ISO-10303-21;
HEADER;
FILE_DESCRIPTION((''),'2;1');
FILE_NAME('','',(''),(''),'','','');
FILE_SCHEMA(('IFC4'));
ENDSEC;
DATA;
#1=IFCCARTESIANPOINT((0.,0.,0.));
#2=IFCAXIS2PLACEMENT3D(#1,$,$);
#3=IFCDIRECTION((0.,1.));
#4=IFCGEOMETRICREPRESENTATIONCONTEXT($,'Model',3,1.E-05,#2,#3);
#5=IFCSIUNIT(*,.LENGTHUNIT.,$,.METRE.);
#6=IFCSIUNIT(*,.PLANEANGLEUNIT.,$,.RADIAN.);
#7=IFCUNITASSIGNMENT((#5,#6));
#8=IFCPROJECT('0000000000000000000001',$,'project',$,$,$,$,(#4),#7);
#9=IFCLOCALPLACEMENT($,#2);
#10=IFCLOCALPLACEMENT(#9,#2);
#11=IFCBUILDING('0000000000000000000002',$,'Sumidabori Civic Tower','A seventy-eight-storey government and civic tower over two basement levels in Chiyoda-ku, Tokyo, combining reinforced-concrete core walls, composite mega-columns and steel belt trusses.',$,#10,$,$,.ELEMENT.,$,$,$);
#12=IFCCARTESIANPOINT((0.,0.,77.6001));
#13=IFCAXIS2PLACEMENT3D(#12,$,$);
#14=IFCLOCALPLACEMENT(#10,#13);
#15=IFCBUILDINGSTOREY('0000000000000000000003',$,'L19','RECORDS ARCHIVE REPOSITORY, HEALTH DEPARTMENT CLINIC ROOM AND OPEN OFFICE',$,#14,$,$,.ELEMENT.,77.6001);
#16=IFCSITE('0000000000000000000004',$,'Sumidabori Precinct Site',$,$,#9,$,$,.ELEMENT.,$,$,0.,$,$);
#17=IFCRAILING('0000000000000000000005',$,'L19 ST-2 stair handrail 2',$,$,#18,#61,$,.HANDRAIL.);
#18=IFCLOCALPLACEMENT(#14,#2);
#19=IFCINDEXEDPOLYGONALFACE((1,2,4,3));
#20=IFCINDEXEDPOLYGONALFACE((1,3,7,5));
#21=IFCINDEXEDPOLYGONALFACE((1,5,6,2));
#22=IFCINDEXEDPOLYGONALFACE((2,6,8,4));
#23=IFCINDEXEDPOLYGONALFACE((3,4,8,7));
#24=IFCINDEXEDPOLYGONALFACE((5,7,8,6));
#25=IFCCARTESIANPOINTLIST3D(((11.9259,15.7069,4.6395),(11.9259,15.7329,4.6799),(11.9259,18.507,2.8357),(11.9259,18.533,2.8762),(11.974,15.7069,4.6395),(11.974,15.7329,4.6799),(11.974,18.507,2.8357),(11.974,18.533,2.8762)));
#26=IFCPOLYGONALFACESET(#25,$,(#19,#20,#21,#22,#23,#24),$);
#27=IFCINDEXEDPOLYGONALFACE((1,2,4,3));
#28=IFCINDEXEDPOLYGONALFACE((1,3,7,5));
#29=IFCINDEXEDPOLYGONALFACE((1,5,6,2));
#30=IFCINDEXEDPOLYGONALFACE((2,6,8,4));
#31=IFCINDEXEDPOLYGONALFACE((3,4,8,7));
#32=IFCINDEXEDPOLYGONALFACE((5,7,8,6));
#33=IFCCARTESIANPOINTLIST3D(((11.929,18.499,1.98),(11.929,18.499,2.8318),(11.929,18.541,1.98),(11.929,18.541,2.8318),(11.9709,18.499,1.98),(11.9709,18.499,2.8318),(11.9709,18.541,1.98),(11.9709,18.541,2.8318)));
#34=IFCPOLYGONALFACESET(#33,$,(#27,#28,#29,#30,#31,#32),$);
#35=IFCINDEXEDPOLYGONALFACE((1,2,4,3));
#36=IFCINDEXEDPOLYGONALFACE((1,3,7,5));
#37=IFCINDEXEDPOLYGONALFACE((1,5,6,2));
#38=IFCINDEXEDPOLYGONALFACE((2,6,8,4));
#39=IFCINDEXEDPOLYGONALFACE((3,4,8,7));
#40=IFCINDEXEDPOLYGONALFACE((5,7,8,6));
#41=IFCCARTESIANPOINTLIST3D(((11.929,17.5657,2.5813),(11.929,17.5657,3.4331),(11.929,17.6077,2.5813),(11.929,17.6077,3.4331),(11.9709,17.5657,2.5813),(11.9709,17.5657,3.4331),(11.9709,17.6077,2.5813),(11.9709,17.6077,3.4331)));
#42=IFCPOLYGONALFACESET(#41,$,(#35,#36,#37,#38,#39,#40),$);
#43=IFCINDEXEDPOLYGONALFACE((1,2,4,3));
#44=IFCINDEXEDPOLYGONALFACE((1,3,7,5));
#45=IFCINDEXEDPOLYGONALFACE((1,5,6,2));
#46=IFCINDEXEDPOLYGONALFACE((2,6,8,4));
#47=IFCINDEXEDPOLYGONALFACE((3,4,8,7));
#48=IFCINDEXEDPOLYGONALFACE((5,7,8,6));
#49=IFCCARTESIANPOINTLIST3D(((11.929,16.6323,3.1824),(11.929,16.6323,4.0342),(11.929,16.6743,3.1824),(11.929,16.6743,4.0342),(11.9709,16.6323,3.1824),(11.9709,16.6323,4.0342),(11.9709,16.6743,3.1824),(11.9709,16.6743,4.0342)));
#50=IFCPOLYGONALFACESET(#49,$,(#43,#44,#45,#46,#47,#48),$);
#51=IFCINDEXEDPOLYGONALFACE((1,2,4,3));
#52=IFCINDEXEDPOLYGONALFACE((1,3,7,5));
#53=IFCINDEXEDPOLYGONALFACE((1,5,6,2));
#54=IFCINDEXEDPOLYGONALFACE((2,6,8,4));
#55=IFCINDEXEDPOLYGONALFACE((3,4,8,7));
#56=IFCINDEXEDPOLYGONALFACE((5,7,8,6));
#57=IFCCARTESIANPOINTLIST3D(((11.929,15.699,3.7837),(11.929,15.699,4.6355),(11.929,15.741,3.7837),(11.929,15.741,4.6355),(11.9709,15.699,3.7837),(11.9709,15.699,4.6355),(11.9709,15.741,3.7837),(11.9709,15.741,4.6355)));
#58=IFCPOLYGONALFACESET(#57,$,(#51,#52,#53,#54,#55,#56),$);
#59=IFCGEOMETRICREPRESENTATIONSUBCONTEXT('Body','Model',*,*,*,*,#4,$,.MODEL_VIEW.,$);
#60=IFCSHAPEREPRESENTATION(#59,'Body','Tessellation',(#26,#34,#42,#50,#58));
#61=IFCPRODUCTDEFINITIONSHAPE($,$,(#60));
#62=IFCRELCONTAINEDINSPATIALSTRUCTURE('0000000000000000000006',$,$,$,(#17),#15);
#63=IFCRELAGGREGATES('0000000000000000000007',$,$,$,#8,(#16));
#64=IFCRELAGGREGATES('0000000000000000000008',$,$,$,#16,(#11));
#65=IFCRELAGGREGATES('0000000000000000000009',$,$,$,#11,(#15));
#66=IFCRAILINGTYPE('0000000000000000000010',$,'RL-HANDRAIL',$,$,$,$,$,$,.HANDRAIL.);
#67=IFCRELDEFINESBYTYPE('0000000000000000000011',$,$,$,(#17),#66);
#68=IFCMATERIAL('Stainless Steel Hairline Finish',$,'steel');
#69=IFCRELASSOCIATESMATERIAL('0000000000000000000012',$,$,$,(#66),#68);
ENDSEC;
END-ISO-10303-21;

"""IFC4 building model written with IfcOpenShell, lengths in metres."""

from ifc_helpers import new_model, si_unit, direction, frame, origin, origin_2d, place, context, subcontext, project, spatial, rectangle, extrude, material, type_object, element, save


model = new_model("IFC4")

# Units and contexts
model_context = context("Model", 3, precision=1e-05, world=origin(), true_north=direction((0.0, 1.0)))
body_context = subcontext(model_context, "Body", "Model", "MODEL_VIEW")
ifc_project = project(units=[si_unit("LENGTHUNIT", "METRE"), si_unit("PLANEANGLEUNIT", "RADIAN")], contexts=[model_context])

# Site, building, storey
site_placement = place(None, origin())
site = spatial("IfcSite", under=ifc_project, at=site_placement, Name="Sumidabori Precinct Site", CompositionType="ELEMENT", RefElevation=0.0)
building_placement = place(site_placement, origin())
building = spatial("IfcBuilding", under=site, at=building_placement, Name="Sumidabori Civic Tower", Description="A seventy-eight-storey government and civic tower over two basement levels in Chiyoda-ku, Tokyo, combining reinforced-concrete core walls, composite mega-columns and steel belt trusses.", CompositionType="ELEMENT")
storey_placement = place(building_placement, frame((0.0, 0.0, 77.6001)))
storey = spatial("IfcBuildingStorey", under=building, at=storey_placement, Name="L19", Description="RECORDS ARCHIVE REPOSITORY, HEALTH DEPARTMENT CLINIC ROOM AND OPEN OFFICE", CompositionType="ELEMENT", Elevation=77.6001)

# Shared definitions
ifc_material_1 = material(Name="Stainless Steel Hairline Finish", Category="steel")

# Railing
railing_type = type_object("IfcRailingType", Name="RL-HANDRAIL", PredefinedType="HANDRAIL", material=ifc_material_1)
railing_placement = place(storey_placement, frame((11.95, 18.52, 1.98)))
element("IfcRailing", 1, at=railing_placement, inside=storey, type_object=railing_type, Name="L19 ST-2 stair handrail 2", PredefinedType="HANDRAIL", context=body_context, shape_type="SweptSolid", body=[
    extrude(rectangle(XDim=0.0481, YDim=0.0481, at=origin_2d()), frame((0.0, 0.0, 0.876), z_axis=(0.0, -0.840676, 0.541539), x_axis=(1.0, 0.0, 0.0)), (0.0, 0.0, 1.0), 3.3308),
    extrude(rectangle(XDim=0.042, YDim=0.042, at=origin_2d()), origin(), (0.0, 0.0, 1.0), 0.8518),
    extrude(rectangle(XDim=0.042, YDim=0.042, at=origin_2d()), frame((0.0, -0.9333, 0.6013)), (0.0, 0.0, 1.0), 0.8518),
    extrude(rectangle(XDim=0.042, YDim=0.042, at=origin_2d()), frame((0.0, -1.8667, 1.2024)), (0.0, 0.0, 1.0), 0.8518),
    extrude(rectangle(XDim=0.042, YDim=0.042, at=origin_2d()), frame((0.0, -2.8, 1.8037)), (0.0, 0.0, 1.0), 0.8518),
])

save(model, "model.ifc")
